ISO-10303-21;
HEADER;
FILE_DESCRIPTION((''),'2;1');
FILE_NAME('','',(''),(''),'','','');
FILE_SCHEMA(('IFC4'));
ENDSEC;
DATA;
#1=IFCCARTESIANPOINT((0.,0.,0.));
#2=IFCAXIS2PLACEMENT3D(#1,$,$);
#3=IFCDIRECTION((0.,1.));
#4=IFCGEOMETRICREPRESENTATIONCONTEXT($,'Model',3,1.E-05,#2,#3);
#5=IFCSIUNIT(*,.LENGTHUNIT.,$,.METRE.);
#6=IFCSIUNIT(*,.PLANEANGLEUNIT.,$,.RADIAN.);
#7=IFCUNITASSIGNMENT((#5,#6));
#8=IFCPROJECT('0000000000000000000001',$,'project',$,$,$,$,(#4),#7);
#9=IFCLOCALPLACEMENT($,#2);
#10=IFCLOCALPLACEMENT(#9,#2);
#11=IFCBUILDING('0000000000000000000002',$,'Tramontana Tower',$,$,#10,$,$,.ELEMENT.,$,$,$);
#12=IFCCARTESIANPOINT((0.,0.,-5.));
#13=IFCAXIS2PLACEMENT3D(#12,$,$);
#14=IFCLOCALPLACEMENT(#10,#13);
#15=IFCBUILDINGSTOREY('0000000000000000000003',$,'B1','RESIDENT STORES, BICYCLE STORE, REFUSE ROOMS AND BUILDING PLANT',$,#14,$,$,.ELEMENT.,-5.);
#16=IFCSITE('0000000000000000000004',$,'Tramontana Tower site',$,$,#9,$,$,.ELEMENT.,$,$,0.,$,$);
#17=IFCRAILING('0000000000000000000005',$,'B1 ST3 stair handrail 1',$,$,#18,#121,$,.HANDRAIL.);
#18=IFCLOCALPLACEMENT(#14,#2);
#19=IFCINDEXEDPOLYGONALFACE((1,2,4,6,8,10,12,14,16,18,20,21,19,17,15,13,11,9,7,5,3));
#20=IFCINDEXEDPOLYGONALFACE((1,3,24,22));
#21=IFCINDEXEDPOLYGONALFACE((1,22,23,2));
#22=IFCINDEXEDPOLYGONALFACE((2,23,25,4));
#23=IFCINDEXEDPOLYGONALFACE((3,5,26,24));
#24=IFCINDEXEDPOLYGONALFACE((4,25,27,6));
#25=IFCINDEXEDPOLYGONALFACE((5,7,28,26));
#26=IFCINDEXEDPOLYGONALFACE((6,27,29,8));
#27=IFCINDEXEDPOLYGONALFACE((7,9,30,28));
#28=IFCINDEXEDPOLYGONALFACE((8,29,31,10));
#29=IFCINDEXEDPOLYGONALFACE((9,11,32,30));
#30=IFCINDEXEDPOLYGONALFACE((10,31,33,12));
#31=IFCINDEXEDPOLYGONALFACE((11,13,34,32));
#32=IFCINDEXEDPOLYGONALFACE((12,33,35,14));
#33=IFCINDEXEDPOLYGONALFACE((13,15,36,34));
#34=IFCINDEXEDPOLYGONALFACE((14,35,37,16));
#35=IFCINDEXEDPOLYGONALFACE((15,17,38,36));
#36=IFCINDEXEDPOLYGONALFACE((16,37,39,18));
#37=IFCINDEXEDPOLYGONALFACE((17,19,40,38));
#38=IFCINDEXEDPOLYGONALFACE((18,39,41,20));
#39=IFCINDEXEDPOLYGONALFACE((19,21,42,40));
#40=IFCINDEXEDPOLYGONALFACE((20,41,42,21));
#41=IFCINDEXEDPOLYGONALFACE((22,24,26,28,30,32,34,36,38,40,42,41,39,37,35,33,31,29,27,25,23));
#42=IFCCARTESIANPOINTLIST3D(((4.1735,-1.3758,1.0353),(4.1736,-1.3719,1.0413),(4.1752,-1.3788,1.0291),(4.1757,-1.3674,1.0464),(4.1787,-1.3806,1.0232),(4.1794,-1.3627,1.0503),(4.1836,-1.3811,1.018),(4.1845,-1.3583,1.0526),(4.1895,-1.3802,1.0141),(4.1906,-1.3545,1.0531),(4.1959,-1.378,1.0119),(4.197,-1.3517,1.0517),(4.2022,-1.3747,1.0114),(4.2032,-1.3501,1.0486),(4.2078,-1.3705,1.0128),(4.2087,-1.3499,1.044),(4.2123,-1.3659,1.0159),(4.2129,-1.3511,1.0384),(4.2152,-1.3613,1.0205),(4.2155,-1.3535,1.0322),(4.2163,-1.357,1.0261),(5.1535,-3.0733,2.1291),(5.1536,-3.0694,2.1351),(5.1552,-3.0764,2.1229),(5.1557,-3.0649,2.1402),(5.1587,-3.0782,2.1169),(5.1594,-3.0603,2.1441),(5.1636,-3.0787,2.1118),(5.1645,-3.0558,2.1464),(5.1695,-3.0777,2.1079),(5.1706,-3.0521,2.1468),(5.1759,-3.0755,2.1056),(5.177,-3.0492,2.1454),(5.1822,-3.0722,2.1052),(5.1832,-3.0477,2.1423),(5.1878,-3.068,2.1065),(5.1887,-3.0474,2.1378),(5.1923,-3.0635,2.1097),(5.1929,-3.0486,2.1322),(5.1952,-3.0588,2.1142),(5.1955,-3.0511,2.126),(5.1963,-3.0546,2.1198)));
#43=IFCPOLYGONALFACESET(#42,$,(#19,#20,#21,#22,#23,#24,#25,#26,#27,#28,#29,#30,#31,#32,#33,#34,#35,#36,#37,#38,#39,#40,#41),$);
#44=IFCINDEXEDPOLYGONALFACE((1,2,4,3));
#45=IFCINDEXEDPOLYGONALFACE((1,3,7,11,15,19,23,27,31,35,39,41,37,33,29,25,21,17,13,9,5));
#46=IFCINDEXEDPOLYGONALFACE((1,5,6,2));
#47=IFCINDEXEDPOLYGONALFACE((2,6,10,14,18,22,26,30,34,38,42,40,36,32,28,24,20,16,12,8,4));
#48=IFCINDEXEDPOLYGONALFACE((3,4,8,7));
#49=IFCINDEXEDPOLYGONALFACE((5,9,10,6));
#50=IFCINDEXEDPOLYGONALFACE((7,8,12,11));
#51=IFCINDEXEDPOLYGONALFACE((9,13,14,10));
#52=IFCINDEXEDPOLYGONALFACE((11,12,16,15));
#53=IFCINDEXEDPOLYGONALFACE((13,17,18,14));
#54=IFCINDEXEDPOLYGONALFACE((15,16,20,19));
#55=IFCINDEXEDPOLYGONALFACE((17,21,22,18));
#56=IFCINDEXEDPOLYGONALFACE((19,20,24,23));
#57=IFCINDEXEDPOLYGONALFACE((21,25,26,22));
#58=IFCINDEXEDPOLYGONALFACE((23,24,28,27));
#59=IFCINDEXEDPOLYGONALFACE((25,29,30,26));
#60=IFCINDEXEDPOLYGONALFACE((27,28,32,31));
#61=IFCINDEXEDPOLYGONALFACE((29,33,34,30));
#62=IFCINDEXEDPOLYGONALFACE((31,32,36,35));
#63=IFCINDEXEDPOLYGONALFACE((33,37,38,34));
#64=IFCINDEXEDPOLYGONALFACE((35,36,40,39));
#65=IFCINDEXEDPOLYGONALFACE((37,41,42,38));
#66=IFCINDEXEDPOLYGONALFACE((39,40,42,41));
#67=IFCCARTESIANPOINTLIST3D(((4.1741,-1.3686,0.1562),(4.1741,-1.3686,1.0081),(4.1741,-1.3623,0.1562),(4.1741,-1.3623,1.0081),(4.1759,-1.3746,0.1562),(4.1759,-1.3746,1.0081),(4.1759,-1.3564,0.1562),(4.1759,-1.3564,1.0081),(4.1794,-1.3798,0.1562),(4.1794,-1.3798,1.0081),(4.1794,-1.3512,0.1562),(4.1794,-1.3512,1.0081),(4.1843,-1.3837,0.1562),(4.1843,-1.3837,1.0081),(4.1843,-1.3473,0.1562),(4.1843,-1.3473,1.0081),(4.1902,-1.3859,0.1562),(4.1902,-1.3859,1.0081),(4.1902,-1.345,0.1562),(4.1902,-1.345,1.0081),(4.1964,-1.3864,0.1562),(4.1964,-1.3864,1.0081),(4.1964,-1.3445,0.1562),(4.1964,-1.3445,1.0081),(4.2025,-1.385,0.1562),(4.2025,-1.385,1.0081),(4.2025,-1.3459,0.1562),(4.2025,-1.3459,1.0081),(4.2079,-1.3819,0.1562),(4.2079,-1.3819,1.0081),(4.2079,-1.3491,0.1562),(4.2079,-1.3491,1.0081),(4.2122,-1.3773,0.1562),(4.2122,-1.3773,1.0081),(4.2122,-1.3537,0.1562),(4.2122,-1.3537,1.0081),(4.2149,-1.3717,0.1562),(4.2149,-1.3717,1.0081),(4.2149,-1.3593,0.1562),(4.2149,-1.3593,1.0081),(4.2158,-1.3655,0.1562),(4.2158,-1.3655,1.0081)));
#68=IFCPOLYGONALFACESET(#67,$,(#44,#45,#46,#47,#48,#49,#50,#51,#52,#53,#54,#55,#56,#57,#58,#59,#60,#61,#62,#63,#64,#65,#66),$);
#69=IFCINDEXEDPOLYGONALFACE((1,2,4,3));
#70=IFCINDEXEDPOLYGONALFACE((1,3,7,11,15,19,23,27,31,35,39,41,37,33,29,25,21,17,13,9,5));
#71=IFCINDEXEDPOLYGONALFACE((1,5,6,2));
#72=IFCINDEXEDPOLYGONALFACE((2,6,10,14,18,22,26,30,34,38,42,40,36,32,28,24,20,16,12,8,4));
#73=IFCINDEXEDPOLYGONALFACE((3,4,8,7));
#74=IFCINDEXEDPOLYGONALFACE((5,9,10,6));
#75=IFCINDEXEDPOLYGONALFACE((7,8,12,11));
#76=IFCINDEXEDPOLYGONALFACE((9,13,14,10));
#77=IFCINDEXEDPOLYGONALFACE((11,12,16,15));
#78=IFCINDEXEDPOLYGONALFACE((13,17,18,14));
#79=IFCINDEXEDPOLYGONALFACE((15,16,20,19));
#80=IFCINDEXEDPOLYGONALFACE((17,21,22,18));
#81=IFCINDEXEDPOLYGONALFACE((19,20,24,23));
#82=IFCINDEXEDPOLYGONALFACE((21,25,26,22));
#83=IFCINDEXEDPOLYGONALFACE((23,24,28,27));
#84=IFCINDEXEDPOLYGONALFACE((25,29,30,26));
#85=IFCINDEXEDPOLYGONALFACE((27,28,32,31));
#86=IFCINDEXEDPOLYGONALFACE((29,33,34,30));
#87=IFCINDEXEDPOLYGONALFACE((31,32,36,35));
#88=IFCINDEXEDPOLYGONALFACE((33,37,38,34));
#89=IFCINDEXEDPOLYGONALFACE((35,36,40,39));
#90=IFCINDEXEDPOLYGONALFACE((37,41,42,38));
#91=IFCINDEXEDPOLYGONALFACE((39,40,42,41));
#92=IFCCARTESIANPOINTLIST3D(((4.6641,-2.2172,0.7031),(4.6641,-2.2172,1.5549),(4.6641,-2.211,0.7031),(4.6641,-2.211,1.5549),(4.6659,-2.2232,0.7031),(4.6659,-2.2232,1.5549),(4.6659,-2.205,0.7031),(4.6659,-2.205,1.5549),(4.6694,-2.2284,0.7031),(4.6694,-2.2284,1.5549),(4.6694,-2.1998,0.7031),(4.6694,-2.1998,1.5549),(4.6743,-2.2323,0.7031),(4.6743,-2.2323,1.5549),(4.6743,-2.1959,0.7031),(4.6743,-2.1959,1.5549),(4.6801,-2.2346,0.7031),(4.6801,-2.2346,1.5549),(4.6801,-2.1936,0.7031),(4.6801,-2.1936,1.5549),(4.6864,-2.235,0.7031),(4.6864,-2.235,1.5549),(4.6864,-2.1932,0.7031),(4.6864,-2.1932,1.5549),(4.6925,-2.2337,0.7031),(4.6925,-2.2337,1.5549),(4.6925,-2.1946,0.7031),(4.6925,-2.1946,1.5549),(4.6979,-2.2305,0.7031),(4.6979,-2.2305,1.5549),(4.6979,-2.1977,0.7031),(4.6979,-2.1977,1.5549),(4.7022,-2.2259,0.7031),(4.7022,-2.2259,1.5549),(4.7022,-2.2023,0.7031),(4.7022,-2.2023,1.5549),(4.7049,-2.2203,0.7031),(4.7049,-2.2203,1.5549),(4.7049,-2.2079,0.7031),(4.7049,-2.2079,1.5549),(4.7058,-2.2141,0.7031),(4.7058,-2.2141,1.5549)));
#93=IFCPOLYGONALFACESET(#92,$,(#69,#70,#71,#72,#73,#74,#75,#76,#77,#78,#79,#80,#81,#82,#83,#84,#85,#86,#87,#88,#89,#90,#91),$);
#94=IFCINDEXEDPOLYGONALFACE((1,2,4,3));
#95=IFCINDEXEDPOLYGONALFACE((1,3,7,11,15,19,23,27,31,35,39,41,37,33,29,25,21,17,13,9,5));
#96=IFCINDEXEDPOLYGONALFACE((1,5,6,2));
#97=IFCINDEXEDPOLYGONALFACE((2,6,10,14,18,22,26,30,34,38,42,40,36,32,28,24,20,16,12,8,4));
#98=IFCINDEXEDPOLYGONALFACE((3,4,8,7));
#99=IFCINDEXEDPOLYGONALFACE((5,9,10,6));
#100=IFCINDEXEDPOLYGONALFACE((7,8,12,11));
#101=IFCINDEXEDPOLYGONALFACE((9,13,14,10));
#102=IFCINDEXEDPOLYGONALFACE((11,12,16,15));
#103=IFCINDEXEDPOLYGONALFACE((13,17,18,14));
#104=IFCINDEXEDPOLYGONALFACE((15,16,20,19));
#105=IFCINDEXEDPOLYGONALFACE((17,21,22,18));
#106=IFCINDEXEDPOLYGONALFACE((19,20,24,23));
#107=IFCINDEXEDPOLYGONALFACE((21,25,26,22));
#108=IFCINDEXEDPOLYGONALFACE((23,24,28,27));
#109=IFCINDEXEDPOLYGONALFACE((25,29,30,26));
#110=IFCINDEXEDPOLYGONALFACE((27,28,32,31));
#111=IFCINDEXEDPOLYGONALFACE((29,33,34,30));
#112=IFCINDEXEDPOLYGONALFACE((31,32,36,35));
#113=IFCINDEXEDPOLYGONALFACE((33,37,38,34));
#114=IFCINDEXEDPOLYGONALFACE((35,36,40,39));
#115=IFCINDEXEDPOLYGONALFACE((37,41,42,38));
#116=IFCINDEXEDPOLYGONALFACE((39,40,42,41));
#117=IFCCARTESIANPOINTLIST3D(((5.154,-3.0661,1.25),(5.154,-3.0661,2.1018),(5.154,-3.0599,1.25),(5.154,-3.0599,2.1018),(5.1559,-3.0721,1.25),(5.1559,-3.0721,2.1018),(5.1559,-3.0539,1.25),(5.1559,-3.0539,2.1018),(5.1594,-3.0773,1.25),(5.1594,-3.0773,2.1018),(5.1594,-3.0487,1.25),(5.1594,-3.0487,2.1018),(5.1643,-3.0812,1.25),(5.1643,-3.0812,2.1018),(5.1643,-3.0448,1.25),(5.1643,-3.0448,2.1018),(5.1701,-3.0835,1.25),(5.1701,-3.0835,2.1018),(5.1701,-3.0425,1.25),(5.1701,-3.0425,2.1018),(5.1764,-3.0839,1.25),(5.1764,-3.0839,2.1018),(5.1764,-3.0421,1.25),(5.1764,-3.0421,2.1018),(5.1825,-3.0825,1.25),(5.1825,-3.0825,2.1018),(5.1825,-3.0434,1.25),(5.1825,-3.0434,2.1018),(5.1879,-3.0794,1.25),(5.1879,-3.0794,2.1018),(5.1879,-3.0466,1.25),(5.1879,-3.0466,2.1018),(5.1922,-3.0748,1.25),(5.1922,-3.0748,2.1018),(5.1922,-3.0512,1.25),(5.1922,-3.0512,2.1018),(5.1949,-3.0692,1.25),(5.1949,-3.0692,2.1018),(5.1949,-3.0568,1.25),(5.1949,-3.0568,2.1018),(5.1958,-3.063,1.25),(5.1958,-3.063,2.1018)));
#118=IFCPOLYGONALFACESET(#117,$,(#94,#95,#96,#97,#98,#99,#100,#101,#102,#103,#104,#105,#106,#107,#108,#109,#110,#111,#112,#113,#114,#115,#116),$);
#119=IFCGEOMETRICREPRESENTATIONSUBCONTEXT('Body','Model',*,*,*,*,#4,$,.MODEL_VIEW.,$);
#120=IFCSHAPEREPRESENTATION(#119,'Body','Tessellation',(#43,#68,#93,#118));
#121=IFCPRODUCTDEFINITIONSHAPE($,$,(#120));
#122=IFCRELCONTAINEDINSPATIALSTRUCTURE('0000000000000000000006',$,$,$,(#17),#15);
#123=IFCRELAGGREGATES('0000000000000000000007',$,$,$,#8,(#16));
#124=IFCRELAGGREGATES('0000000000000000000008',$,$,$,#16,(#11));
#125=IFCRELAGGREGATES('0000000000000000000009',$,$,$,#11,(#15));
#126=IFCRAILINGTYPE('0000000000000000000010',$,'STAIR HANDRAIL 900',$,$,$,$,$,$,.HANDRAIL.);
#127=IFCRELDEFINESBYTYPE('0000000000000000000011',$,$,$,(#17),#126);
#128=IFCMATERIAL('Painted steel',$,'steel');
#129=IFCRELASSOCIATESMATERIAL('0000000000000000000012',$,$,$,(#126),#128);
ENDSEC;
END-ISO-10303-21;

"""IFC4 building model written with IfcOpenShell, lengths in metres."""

from ifc_helpers import new_model, si_unit, direction, frame, origin, origin_2d, place, context, subcontext, project, spatial, circle, extrude, material, type_object, element, save


model = new_model("IFC4")

# Units and contexts
model_context = context("Model", 3, precision=1e-05, world=origin(), true_north=direction((0.0, 1.0)))
body_context = subcontext(model_context, "Body", "Model", "MODEL_VIEW")
ifc_project = project(units=[si_unit("LENGTHUNIT", "METRE"), si_unit("PLANEANGLEUNIT", "RADIAN")], contexts=[model_context])

# Site, building, storey
site_placement = place(None, origin())
site = spatial("IfcSite", under=ifc_project, at=site_placement, Name="Tramontana Tower site", CompositionType="ELEMENT", RefElevation=0.0)
building_placement = place(site_placement, origin())
building = spatial("IfcBuilding", under=site, at=building_placement, Name="Tramontana Tower", CompositionType="ELEMENT")
storey_placement = place(building_placement, frame((0.0, 0.0, -5.0)))
storey = spatial("IfcBuildingStorey", under=building, at=storey_placement, Name="B1", Description="RESIDENT STORES, BICYCLE STORE, REFUSE ROOMS AND BUILDING PLANT", CompositionType="ELEMENT", Elevation=-5.0)

# Railing
ifc_material_1 = material(Name="Painted steel", Category="steel")
railing_type_1 = type_object("IfcRailingType", Name="STAIR HANDRAIL 900", PredefinedType="HANDRAIL", material=ifc_material_1)
railing_1_placement = place(storey_placement, frame((4.1948, -1.3655, 0.1562)))
element("IfcRailing", 1, at=railing_1_placement, inside=storey, type_object=railing_type_1, Name="B1 ST3 stair handrail 1", PredefinedType="HANDRAIL", context=body_context, shape_type="SweptSolid", body=[
    extrude(circle(Radius=0.0239, at=origin_2d()), frame((0.0, 0.0, 0.876), z_axis=(0.436596, -0.756267, 0.487282), x_axis=(0.866042, 0.49997, 0.0)), (0.0, 0.0, 1.0), 2.2446),
    extrude(circle(Radius=0.021, at=origin_2d()), origin(), (0.0, 0.0, 1.0), 0.8518),
    extrude(circle(Radius=0.021, at=origin_2d()), frame((0.49, -0.8486, 0.5469)), (0.0, 0.0, 1.0), 0.8518),
    extrude(circle(Radius=0.021, at=origin_2d()), frame((0.98, -1.6975, 1.0938)), (0.0, 0.0, 1.0), 0.8518),
])

save(model, "model.ifc")
